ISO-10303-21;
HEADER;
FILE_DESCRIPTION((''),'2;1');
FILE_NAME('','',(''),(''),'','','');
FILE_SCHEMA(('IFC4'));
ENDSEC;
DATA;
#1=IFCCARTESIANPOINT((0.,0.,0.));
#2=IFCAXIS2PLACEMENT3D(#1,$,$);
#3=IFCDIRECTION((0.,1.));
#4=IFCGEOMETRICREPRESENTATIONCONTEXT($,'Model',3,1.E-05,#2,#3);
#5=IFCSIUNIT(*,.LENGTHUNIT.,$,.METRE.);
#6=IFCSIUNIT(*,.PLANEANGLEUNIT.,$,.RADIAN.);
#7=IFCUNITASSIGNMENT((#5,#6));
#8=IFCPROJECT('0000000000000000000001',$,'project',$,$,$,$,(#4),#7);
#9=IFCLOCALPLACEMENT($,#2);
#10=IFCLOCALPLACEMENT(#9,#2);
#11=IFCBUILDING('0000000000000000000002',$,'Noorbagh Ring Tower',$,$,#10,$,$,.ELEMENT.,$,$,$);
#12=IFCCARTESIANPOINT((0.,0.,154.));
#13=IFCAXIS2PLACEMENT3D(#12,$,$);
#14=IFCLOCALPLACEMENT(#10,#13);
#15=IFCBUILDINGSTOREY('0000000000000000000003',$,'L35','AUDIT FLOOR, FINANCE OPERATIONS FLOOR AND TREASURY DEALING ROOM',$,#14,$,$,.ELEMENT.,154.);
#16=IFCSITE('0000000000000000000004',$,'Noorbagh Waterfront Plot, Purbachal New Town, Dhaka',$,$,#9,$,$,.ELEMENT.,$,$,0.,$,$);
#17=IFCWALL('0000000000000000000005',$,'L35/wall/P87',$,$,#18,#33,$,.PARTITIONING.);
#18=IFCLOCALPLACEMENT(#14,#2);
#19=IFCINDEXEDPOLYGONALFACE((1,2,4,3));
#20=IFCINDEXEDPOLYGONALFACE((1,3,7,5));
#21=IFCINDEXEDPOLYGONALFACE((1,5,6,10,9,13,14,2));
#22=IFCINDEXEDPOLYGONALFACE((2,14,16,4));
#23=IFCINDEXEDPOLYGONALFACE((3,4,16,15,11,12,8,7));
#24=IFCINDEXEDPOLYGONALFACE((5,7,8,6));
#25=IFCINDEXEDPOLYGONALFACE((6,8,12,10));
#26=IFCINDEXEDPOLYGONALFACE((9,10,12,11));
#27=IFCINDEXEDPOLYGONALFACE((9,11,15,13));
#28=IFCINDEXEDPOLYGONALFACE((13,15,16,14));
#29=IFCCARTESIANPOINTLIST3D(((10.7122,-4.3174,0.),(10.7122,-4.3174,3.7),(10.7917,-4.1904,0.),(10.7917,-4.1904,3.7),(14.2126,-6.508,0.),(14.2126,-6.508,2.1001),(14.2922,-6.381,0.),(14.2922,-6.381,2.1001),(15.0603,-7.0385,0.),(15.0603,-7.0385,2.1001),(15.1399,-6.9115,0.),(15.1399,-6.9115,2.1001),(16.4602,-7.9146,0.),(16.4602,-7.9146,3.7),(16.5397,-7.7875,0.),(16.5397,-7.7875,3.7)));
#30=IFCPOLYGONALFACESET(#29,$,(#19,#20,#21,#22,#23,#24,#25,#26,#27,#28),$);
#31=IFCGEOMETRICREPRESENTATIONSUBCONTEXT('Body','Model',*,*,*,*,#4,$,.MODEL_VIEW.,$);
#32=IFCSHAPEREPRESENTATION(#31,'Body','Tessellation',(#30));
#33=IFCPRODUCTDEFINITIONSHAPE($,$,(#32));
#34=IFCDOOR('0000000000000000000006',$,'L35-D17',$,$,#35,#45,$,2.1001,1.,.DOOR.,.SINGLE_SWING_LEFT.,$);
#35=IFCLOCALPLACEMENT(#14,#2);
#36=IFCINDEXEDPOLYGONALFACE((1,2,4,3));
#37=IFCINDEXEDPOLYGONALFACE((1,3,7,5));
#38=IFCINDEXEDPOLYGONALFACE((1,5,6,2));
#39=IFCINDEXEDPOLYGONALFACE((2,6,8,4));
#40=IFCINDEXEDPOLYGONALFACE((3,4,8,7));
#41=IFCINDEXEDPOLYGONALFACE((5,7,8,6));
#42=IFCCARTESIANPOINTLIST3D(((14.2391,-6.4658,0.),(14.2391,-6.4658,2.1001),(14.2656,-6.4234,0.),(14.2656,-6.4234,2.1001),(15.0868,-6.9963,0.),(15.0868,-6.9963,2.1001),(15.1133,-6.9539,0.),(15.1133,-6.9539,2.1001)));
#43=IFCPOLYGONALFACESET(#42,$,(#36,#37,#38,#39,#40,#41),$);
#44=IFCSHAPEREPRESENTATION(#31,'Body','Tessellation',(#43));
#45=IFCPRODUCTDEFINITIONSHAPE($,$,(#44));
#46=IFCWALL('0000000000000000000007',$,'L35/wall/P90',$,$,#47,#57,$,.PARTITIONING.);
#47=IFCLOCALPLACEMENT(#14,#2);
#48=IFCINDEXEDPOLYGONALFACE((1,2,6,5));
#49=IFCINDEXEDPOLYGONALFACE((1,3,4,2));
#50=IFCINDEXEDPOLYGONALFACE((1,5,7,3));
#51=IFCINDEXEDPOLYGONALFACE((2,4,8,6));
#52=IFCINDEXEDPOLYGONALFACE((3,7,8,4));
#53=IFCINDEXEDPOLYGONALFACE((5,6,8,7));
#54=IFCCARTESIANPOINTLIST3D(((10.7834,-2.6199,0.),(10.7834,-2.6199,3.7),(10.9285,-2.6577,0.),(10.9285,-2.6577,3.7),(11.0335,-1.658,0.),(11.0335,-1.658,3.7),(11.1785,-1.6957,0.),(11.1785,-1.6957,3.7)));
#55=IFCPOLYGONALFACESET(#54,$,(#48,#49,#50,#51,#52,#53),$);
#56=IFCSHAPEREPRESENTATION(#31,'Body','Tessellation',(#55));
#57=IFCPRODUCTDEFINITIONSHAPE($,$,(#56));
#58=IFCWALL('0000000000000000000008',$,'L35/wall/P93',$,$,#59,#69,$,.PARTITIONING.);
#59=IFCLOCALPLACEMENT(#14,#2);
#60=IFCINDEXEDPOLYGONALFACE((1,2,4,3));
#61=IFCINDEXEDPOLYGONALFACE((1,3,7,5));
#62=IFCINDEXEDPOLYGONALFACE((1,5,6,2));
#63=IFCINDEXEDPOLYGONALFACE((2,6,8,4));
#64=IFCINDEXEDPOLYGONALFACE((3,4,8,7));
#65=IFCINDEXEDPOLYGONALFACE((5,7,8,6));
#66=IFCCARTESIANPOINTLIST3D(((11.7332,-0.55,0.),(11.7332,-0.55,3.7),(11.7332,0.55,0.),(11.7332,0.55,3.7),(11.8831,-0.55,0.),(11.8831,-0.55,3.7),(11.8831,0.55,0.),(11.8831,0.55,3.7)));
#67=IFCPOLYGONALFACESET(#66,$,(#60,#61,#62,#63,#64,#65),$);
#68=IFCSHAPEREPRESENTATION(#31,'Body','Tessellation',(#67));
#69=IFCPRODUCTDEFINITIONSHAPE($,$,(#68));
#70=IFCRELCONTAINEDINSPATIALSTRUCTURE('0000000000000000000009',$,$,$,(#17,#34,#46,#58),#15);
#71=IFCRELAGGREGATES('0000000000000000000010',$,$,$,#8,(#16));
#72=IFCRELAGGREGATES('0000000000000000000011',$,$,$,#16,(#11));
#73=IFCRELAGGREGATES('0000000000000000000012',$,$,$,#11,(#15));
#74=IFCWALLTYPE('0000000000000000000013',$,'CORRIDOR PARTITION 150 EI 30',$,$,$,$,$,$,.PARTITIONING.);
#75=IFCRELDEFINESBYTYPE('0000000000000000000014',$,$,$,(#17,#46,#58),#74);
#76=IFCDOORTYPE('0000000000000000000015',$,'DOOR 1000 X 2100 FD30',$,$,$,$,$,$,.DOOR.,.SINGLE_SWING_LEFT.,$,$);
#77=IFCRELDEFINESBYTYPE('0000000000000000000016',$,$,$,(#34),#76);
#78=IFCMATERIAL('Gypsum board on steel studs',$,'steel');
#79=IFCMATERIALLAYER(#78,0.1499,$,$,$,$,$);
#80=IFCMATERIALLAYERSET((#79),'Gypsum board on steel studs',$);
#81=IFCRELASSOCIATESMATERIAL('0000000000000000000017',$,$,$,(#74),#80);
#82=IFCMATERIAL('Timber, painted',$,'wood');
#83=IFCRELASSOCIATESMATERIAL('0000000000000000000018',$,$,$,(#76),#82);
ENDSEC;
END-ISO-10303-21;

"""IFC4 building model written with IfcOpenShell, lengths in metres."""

from ifc_helpers import new_model, si_unit, direction, frame, frame_2d, origin, place, context, subcontext, project, spatial, rectangle, extrude, material, layer, layer_set, type_object, element, fill, save


model = new_model("IFC4")

# Units and contexts
model_context = context("Model", 3, precision=1e-05, world=origin(), true_north=direction((0.0, 1.0)))
body_context = subcontext(model_context, "Body", "Model", "MODEL_VIEW")
ifc_project = project(units=[si_unit("LENGTHUNIT", "METRE"), si_unit("PLANEANGLEUNIT", "RADIAN")], contexts=[model_context])

# Site, building, storey
site_placement = place(None, origin())
site = spatial("IfcSite", under=ifc_project, at=site_placement, Name="Noorbagh Waterfront Plot, Purbachal New Town, Dhaka", CompositionType="ELEMENT", RefElevation=0.0)
building_placement = place(site_placement, origin())
building = spatial("IfcBuilding", under=site, at=building_placement, Name="Noorbagh Ring Tower", CompositionType="ELEMENT")
storey_placement = place(building_placement, frame((0.0, 0.0, 154.0)))
storey = spatial("IfcBuildingStorey", under=building, at=storey_placement, Name="L35", Description="AUDIT FLOOR, FINANCE OPERATIONS FLOOR AND TREASURY DEALING ROOM", CompositionType="ELEMENT", Elevation=154.0)

# Shared definitions
ifc_material_1 = material(Name="Gypsum board on steel studs", Category="steel")
ifc_layer_1 = layer(ifc_material_1, 0.1499)
ifc_layer_set_1 = layer_set([ifc_layer_1], Name="Gypsum board on steel studs")
wall_type = type_object("IfcWallType", Name="CORRIDOR PARTITION 150 EI 30", PredefinedType="PARTITIONING", material=ifc_layer_set_1)

# Wall, opening, door
wall_1_placement = place(storey_placement, frame((10.752, -4.2539, 0.0), z_axis=(0.0, 0.0, 1.0), x_axis=(0.847691, -0.530491, 0.0)))
wall_1 = element("IfcWall", 1, at=wall_1_placement, inside=storey, type_object=wall_type, Name="L35/wall/P87", PredefinedType="PARTITIONING", context=body_context, shape_type="SweptSolid", body=[
    extrude(rectangle(XDim=6.7808, YDim=0.1499, at=frame_2d((3.3904, 0.0))), origin(), (0.0, 0.0, 1.0), 3.7),
])
opening_placement = place(wall_1_placement, frame((4.1294, 0.0, 0.0)))
opening = element("IfcOpeningElement", 2, at=opening_placement, cuts=wall_1, PredefinedType="OPENING", context=body_context, shape_type="SweptSolid", body=[
    extrude(rectangle(XDim=1.0, YDim=2.1001, at=frame_2d((0.5, 1.05))), frame((0.0, 0.085, 0.0), z_axis=(0.0, -1.0, 0.0), x_axis=(1.0, 0.0, 0.0)), (0.0, 0.0, 1.0), 0.1699),
])
ifc_material_2 = material(Name="Timber, painted", Category="wood")
door_type = type_object("IfcDoorType", Name="DOOR 1000 X 2100 FD30", OperationType="SINGLE_SWING_LEFT", PredefinedType="DOOR", material=ifc_material_2)
door_placement = place(opening_placement, origin())
door = element("IfcDoor", 3, at=door_placement, inside=storey, type_object=door_type, Name="L35-D17", OperationType="SINGLE_SWING_LEFT", OverallHeight=2.1001, OverallWidth=1.0, PredefinedType="DOOR", context=body_context, shape_type="SweptSolid", body=[
    extrude(rectangle(XDim=1.0, YDim=2.1001, at=frame_2d((0.5, 1.05))), frame((0.0, 0.0249, 0.0), z_axis=(0.0, -1.0, 0.0), x_axis=(1.0, 0.0, 0.0)), (0.0, 0.0, 1.0), 0.05),
])
fill(opening, door)

# Walls
wall_2_placement = place(storey_placement, frame((10.856, -2.6389, 0.0), z_axis=(0.0, 0.0, 1.0), x_axis=(0.251542, 0.967846, 0.0)))
element("IfcWall", 4, at=wall_2_placement, inside=storey, type_object=wall_type, Name="L35/wall/P90", PredefinedType="PARTITIONING", context=body_context, shape_type="SweptSolid", body=[
    extrude(rectangle(XDim=0.9939, YDim=0.1499, at=frame_2d((0.4971, 0.0))), origin(), (0.0, 0.0, 1.0), 3.7),
])
wall_3_placement = place(storey_placement, frame((11.8081, -0.55, 0.0), z_axis=(0.0, 0.0, 1.0), x_axis=(0.0, 1.0, 0.0)))
element("IfcWall", 5, at=wall_3_placement, inside=storey, type_object=wall_type, Name="L35/wall/P93", PredefinedType="PARTITIONING", context=body_context, shape_type="SweptSolid", body=[
    extrude(rectangle(XDim=1.1001, YDim=0.1499, at=frame_2d((0.55, 0.0))), origin(), (0.0, 0.0, 1.0), 3.7),
])

save(model, "model.ifc")
